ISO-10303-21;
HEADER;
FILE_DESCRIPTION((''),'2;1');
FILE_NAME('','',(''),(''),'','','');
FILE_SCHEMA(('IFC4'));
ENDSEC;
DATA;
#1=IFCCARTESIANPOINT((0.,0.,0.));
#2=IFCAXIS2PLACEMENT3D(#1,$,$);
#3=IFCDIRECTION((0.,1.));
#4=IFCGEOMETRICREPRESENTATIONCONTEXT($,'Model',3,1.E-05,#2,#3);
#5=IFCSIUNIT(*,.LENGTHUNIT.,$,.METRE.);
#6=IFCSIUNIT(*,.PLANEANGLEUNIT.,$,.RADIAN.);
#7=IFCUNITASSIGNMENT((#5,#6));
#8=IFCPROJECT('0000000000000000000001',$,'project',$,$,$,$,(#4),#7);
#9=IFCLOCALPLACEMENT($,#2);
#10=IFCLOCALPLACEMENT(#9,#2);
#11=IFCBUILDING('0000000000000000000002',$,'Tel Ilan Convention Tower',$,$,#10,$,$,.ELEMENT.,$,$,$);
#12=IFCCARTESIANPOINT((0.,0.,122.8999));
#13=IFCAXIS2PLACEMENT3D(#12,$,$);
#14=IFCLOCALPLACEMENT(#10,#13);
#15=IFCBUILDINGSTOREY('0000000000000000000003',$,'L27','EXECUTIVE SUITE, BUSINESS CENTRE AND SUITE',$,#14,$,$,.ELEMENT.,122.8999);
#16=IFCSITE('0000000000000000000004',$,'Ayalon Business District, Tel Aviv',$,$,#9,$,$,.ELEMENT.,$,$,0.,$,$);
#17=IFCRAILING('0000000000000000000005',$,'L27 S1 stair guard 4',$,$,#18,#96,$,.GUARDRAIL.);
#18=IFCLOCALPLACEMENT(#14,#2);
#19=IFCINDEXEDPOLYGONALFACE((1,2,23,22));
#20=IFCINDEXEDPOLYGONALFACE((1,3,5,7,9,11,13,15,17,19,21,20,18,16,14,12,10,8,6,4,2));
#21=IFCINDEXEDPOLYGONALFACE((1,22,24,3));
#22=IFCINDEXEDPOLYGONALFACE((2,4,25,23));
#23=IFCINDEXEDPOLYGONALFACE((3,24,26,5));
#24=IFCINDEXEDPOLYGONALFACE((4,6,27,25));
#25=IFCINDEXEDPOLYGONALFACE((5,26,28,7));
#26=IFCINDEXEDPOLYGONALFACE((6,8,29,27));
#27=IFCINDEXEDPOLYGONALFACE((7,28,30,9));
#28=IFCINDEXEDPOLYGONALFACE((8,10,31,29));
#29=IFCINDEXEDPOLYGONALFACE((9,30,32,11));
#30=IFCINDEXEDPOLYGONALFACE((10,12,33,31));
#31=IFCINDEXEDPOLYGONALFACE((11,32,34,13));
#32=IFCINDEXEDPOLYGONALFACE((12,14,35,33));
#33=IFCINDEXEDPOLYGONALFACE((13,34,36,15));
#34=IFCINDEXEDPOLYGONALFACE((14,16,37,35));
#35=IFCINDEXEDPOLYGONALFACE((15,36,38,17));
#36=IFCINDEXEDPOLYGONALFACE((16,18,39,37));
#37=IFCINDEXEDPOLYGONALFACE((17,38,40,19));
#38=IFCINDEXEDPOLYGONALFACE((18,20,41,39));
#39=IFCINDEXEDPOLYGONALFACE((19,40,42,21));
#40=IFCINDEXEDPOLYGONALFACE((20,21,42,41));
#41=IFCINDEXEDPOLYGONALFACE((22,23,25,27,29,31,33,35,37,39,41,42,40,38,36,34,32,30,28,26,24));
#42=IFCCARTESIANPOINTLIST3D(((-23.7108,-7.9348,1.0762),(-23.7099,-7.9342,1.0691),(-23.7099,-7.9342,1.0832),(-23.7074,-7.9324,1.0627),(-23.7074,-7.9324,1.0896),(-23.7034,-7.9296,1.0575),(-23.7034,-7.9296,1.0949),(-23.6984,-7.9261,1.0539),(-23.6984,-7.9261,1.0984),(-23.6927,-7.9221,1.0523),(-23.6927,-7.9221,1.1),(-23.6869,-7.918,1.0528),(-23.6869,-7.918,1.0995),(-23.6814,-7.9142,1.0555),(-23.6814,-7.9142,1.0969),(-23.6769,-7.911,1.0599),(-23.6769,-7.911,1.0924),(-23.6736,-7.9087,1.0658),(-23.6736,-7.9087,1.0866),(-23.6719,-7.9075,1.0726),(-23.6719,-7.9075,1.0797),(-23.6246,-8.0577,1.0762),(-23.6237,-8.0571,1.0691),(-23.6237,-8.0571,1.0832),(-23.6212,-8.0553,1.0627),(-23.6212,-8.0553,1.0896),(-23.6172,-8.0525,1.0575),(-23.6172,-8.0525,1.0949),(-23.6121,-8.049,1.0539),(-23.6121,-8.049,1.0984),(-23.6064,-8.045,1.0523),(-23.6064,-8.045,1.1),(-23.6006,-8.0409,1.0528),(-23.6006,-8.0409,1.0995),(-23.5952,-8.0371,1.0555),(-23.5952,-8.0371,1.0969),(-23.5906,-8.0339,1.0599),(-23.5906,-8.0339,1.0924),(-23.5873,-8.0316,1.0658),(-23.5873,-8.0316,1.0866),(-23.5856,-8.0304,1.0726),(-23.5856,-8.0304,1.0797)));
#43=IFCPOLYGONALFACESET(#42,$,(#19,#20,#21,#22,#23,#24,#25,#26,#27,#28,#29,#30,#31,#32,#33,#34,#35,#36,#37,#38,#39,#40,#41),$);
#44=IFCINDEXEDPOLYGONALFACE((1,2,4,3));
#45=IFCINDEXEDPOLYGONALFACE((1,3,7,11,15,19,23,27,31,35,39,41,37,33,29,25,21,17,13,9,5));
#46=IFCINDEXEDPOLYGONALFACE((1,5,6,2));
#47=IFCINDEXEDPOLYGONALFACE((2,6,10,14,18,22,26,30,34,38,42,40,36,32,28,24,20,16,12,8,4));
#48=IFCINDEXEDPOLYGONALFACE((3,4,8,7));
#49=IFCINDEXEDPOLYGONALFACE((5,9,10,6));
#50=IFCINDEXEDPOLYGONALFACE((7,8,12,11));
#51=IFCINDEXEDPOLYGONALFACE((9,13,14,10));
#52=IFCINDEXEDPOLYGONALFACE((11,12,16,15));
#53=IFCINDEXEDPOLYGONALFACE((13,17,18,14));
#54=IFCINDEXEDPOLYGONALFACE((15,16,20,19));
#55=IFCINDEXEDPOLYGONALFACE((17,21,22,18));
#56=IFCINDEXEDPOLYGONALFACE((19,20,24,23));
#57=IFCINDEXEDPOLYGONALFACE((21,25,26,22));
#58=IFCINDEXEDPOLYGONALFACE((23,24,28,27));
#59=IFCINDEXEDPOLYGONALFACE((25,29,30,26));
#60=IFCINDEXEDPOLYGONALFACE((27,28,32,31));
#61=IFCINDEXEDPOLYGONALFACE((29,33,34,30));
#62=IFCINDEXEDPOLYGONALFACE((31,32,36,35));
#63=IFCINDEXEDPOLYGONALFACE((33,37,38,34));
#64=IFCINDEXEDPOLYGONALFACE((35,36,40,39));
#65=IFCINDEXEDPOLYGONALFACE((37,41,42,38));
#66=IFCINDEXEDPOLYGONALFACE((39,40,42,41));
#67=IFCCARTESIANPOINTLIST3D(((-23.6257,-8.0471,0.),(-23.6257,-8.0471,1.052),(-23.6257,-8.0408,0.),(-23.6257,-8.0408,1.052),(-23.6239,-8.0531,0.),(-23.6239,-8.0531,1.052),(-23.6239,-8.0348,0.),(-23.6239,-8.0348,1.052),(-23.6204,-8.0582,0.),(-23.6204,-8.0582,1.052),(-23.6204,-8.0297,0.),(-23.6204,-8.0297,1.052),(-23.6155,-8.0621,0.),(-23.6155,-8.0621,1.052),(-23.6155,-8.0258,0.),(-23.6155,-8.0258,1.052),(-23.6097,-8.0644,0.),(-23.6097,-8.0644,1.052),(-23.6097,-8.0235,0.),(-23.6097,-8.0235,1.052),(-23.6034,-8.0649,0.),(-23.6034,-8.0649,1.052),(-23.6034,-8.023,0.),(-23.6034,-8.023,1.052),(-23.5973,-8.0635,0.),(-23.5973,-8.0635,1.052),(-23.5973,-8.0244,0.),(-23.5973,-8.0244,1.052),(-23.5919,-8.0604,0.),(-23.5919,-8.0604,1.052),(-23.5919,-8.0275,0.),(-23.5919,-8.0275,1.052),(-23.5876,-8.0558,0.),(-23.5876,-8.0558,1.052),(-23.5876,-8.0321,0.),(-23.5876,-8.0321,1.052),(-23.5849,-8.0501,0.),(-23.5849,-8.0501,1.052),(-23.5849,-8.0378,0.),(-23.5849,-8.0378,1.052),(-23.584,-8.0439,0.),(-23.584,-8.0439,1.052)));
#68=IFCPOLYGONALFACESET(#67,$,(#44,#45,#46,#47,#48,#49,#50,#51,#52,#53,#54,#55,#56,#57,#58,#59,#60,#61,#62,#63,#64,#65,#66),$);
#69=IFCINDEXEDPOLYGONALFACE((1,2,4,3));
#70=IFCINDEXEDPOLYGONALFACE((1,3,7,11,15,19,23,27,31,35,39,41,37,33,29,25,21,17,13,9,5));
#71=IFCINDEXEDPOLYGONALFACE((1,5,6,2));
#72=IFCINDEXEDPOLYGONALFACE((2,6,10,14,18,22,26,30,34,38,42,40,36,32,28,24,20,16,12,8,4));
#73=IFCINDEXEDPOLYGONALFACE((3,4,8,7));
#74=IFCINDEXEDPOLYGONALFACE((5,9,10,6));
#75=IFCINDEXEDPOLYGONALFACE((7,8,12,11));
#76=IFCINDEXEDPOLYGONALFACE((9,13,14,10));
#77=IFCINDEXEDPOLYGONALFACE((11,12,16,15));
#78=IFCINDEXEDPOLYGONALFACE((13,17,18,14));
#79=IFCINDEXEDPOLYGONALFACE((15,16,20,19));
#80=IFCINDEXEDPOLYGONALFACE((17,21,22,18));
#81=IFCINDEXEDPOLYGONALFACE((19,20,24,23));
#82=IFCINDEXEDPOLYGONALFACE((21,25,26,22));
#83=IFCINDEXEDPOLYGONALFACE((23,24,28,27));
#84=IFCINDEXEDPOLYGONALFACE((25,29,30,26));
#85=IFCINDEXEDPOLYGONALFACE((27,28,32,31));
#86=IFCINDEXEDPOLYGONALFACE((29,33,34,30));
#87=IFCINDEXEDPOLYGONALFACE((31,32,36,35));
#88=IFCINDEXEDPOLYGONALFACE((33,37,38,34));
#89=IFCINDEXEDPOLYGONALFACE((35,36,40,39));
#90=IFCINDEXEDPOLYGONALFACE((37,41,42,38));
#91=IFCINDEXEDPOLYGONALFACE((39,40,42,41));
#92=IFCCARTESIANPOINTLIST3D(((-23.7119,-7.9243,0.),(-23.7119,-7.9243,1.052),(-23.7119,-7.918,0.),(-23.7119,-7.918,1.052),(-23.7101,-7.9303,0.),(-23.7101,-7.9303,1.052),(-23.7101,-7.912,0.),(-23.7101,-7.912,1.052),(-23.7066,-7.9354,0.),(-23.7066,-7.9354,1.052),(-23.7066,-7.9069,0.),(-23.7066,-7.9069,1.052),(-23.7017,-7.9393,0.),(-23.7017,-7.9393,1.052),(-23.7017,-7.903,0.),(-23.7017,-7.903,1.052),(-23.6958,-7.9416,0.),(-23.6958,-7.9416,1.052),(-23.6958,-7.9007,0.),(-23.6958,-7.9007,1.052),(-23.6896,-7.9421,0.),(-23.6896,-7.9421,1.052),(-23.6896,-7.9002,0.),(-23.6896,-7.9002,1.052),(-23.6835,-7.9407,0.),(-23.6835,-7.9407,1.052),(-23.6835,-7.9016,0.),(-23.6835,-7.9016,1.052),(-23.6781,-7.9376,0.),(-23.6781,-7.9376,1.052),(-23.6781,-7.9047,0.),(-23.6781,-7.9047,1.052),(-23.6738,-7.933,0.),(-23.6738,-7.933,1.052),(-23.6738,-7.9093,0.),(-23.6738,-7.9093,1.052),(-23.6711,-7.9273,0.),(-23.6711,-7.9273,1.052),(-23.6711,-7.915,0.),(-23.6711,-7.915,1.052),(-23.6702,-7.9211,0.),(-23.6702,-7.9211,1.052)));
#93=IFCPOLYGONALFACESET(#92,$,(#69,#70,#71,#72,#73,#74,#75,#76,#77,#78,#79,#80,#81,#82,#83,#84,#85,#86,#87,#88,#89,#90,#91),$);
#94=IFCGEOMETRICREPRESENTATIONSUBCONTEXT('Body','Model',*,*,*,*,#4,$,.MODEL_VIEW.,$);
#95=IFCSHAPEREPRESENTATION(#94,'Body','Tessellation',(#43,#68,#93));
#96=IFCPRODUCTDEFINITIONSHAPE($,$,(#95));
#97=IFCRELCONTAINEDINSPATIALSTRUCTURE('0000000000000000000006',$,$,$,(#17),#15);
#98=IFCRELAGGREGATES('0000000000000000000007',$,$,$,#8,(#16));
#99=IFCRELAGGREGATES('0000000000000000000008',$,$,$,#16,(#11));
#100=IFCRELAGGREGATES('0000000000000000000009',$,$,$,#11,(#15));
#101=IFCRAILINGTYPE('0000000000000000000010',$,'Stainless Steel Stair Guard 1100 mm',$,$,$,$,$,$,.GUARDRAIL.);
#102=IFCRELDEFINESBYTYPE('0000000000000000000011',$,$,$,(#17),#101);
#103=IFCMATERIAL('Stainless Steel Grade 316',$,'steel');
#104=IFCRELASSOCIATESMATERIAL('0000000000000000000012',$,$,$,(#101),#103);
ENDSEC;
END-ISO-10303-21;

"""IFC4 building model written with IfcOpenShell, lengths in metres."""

from ifc_helpers import new_model, si_unit, direction, frame, origin, origin_2d, place, context, subcontext, project, spatial, circle, extrude, material, type_object, element, save


model = new_model("IFC4")

# Units and contexts
model_context = context("Model", 3, precision=1e-05, world=origin(), true_north=direction((0.0, 1.0)))
body_context = subcontext(model_context, "Body", "Model", "MODEL_VIEW")
ifc_project = project(units=[si_unit("LENGTHUNIT", "METRE"), si_unit("PLANEANGLEUNIT", "RADIAN")], contexts=[model_context])

# Site, building, storey
site_placement = place(None, origin())
site = spatial("IfcSite", under=ifc_project, at=site_placement, Name="Ayalon Business District, Tel Aviv", CompositionType="ELEMENT", RefElevation=0.0)
building_placement = place(site_placement, origin())
building = spatial("IfcBuilding", under=site, at=building_placement, Name="Tel Ilan Convention Tower", CompositionType="ELEMENT")
storey_placement = place(building_placement, frame((0.0, 0.0, 122.8999)))
storey = spatial("IfcBuildingStorey", under=building, at=storey_placement, Name="L27", Description="EXECUTIVE SUITE, BUSINESS CENTRE AND SUITE", CompositionType="ELEMENT", Elevation=122.8999)

# Railing
ifc_material_1 = material(Name="Stainless Steel Grade 316", Category="steel")
railing_type_1 = type_object("IfcRailingType", Name="Stainless Steel Stair Guard 1100 mm", PredefinedType="GUARDRAIL", material=ifc_material_1)
railing_1_placement = place(storey_placement, frame((-23.605, -8.0439, 0.0)))
element("IfcRailing", 1, at=railing_1_placement, inside=storey, type_object=railing_type_1, Name="L27 S1 stair guard 4", PredefinedType="GUARDRAIL", context=body_context, shape_type="SweptSolid", body=[
    extrude(circle(Radius=0.0239, at=origin_2d()), frame((0.0, 0.0, 1.0762), z_axis=(-0.574445, 0.818543, 0.0), x_axis=(-0.818543, -0.574445, 0.0)), (0.0, 0.0, 1.0), 0.1501),
    extrude(circle(Radius=0.021, at=origin_2d()), origin(), (0.0, 0.0, 1.0), 1.052),
    extrude(circle(Radius=0.021, at=origin_2d()), frame((-0.0862, 0.1228, 0.0)), (0.0, 0.0, 1.0), 1.052),
])

save(model, "model.ifc")
